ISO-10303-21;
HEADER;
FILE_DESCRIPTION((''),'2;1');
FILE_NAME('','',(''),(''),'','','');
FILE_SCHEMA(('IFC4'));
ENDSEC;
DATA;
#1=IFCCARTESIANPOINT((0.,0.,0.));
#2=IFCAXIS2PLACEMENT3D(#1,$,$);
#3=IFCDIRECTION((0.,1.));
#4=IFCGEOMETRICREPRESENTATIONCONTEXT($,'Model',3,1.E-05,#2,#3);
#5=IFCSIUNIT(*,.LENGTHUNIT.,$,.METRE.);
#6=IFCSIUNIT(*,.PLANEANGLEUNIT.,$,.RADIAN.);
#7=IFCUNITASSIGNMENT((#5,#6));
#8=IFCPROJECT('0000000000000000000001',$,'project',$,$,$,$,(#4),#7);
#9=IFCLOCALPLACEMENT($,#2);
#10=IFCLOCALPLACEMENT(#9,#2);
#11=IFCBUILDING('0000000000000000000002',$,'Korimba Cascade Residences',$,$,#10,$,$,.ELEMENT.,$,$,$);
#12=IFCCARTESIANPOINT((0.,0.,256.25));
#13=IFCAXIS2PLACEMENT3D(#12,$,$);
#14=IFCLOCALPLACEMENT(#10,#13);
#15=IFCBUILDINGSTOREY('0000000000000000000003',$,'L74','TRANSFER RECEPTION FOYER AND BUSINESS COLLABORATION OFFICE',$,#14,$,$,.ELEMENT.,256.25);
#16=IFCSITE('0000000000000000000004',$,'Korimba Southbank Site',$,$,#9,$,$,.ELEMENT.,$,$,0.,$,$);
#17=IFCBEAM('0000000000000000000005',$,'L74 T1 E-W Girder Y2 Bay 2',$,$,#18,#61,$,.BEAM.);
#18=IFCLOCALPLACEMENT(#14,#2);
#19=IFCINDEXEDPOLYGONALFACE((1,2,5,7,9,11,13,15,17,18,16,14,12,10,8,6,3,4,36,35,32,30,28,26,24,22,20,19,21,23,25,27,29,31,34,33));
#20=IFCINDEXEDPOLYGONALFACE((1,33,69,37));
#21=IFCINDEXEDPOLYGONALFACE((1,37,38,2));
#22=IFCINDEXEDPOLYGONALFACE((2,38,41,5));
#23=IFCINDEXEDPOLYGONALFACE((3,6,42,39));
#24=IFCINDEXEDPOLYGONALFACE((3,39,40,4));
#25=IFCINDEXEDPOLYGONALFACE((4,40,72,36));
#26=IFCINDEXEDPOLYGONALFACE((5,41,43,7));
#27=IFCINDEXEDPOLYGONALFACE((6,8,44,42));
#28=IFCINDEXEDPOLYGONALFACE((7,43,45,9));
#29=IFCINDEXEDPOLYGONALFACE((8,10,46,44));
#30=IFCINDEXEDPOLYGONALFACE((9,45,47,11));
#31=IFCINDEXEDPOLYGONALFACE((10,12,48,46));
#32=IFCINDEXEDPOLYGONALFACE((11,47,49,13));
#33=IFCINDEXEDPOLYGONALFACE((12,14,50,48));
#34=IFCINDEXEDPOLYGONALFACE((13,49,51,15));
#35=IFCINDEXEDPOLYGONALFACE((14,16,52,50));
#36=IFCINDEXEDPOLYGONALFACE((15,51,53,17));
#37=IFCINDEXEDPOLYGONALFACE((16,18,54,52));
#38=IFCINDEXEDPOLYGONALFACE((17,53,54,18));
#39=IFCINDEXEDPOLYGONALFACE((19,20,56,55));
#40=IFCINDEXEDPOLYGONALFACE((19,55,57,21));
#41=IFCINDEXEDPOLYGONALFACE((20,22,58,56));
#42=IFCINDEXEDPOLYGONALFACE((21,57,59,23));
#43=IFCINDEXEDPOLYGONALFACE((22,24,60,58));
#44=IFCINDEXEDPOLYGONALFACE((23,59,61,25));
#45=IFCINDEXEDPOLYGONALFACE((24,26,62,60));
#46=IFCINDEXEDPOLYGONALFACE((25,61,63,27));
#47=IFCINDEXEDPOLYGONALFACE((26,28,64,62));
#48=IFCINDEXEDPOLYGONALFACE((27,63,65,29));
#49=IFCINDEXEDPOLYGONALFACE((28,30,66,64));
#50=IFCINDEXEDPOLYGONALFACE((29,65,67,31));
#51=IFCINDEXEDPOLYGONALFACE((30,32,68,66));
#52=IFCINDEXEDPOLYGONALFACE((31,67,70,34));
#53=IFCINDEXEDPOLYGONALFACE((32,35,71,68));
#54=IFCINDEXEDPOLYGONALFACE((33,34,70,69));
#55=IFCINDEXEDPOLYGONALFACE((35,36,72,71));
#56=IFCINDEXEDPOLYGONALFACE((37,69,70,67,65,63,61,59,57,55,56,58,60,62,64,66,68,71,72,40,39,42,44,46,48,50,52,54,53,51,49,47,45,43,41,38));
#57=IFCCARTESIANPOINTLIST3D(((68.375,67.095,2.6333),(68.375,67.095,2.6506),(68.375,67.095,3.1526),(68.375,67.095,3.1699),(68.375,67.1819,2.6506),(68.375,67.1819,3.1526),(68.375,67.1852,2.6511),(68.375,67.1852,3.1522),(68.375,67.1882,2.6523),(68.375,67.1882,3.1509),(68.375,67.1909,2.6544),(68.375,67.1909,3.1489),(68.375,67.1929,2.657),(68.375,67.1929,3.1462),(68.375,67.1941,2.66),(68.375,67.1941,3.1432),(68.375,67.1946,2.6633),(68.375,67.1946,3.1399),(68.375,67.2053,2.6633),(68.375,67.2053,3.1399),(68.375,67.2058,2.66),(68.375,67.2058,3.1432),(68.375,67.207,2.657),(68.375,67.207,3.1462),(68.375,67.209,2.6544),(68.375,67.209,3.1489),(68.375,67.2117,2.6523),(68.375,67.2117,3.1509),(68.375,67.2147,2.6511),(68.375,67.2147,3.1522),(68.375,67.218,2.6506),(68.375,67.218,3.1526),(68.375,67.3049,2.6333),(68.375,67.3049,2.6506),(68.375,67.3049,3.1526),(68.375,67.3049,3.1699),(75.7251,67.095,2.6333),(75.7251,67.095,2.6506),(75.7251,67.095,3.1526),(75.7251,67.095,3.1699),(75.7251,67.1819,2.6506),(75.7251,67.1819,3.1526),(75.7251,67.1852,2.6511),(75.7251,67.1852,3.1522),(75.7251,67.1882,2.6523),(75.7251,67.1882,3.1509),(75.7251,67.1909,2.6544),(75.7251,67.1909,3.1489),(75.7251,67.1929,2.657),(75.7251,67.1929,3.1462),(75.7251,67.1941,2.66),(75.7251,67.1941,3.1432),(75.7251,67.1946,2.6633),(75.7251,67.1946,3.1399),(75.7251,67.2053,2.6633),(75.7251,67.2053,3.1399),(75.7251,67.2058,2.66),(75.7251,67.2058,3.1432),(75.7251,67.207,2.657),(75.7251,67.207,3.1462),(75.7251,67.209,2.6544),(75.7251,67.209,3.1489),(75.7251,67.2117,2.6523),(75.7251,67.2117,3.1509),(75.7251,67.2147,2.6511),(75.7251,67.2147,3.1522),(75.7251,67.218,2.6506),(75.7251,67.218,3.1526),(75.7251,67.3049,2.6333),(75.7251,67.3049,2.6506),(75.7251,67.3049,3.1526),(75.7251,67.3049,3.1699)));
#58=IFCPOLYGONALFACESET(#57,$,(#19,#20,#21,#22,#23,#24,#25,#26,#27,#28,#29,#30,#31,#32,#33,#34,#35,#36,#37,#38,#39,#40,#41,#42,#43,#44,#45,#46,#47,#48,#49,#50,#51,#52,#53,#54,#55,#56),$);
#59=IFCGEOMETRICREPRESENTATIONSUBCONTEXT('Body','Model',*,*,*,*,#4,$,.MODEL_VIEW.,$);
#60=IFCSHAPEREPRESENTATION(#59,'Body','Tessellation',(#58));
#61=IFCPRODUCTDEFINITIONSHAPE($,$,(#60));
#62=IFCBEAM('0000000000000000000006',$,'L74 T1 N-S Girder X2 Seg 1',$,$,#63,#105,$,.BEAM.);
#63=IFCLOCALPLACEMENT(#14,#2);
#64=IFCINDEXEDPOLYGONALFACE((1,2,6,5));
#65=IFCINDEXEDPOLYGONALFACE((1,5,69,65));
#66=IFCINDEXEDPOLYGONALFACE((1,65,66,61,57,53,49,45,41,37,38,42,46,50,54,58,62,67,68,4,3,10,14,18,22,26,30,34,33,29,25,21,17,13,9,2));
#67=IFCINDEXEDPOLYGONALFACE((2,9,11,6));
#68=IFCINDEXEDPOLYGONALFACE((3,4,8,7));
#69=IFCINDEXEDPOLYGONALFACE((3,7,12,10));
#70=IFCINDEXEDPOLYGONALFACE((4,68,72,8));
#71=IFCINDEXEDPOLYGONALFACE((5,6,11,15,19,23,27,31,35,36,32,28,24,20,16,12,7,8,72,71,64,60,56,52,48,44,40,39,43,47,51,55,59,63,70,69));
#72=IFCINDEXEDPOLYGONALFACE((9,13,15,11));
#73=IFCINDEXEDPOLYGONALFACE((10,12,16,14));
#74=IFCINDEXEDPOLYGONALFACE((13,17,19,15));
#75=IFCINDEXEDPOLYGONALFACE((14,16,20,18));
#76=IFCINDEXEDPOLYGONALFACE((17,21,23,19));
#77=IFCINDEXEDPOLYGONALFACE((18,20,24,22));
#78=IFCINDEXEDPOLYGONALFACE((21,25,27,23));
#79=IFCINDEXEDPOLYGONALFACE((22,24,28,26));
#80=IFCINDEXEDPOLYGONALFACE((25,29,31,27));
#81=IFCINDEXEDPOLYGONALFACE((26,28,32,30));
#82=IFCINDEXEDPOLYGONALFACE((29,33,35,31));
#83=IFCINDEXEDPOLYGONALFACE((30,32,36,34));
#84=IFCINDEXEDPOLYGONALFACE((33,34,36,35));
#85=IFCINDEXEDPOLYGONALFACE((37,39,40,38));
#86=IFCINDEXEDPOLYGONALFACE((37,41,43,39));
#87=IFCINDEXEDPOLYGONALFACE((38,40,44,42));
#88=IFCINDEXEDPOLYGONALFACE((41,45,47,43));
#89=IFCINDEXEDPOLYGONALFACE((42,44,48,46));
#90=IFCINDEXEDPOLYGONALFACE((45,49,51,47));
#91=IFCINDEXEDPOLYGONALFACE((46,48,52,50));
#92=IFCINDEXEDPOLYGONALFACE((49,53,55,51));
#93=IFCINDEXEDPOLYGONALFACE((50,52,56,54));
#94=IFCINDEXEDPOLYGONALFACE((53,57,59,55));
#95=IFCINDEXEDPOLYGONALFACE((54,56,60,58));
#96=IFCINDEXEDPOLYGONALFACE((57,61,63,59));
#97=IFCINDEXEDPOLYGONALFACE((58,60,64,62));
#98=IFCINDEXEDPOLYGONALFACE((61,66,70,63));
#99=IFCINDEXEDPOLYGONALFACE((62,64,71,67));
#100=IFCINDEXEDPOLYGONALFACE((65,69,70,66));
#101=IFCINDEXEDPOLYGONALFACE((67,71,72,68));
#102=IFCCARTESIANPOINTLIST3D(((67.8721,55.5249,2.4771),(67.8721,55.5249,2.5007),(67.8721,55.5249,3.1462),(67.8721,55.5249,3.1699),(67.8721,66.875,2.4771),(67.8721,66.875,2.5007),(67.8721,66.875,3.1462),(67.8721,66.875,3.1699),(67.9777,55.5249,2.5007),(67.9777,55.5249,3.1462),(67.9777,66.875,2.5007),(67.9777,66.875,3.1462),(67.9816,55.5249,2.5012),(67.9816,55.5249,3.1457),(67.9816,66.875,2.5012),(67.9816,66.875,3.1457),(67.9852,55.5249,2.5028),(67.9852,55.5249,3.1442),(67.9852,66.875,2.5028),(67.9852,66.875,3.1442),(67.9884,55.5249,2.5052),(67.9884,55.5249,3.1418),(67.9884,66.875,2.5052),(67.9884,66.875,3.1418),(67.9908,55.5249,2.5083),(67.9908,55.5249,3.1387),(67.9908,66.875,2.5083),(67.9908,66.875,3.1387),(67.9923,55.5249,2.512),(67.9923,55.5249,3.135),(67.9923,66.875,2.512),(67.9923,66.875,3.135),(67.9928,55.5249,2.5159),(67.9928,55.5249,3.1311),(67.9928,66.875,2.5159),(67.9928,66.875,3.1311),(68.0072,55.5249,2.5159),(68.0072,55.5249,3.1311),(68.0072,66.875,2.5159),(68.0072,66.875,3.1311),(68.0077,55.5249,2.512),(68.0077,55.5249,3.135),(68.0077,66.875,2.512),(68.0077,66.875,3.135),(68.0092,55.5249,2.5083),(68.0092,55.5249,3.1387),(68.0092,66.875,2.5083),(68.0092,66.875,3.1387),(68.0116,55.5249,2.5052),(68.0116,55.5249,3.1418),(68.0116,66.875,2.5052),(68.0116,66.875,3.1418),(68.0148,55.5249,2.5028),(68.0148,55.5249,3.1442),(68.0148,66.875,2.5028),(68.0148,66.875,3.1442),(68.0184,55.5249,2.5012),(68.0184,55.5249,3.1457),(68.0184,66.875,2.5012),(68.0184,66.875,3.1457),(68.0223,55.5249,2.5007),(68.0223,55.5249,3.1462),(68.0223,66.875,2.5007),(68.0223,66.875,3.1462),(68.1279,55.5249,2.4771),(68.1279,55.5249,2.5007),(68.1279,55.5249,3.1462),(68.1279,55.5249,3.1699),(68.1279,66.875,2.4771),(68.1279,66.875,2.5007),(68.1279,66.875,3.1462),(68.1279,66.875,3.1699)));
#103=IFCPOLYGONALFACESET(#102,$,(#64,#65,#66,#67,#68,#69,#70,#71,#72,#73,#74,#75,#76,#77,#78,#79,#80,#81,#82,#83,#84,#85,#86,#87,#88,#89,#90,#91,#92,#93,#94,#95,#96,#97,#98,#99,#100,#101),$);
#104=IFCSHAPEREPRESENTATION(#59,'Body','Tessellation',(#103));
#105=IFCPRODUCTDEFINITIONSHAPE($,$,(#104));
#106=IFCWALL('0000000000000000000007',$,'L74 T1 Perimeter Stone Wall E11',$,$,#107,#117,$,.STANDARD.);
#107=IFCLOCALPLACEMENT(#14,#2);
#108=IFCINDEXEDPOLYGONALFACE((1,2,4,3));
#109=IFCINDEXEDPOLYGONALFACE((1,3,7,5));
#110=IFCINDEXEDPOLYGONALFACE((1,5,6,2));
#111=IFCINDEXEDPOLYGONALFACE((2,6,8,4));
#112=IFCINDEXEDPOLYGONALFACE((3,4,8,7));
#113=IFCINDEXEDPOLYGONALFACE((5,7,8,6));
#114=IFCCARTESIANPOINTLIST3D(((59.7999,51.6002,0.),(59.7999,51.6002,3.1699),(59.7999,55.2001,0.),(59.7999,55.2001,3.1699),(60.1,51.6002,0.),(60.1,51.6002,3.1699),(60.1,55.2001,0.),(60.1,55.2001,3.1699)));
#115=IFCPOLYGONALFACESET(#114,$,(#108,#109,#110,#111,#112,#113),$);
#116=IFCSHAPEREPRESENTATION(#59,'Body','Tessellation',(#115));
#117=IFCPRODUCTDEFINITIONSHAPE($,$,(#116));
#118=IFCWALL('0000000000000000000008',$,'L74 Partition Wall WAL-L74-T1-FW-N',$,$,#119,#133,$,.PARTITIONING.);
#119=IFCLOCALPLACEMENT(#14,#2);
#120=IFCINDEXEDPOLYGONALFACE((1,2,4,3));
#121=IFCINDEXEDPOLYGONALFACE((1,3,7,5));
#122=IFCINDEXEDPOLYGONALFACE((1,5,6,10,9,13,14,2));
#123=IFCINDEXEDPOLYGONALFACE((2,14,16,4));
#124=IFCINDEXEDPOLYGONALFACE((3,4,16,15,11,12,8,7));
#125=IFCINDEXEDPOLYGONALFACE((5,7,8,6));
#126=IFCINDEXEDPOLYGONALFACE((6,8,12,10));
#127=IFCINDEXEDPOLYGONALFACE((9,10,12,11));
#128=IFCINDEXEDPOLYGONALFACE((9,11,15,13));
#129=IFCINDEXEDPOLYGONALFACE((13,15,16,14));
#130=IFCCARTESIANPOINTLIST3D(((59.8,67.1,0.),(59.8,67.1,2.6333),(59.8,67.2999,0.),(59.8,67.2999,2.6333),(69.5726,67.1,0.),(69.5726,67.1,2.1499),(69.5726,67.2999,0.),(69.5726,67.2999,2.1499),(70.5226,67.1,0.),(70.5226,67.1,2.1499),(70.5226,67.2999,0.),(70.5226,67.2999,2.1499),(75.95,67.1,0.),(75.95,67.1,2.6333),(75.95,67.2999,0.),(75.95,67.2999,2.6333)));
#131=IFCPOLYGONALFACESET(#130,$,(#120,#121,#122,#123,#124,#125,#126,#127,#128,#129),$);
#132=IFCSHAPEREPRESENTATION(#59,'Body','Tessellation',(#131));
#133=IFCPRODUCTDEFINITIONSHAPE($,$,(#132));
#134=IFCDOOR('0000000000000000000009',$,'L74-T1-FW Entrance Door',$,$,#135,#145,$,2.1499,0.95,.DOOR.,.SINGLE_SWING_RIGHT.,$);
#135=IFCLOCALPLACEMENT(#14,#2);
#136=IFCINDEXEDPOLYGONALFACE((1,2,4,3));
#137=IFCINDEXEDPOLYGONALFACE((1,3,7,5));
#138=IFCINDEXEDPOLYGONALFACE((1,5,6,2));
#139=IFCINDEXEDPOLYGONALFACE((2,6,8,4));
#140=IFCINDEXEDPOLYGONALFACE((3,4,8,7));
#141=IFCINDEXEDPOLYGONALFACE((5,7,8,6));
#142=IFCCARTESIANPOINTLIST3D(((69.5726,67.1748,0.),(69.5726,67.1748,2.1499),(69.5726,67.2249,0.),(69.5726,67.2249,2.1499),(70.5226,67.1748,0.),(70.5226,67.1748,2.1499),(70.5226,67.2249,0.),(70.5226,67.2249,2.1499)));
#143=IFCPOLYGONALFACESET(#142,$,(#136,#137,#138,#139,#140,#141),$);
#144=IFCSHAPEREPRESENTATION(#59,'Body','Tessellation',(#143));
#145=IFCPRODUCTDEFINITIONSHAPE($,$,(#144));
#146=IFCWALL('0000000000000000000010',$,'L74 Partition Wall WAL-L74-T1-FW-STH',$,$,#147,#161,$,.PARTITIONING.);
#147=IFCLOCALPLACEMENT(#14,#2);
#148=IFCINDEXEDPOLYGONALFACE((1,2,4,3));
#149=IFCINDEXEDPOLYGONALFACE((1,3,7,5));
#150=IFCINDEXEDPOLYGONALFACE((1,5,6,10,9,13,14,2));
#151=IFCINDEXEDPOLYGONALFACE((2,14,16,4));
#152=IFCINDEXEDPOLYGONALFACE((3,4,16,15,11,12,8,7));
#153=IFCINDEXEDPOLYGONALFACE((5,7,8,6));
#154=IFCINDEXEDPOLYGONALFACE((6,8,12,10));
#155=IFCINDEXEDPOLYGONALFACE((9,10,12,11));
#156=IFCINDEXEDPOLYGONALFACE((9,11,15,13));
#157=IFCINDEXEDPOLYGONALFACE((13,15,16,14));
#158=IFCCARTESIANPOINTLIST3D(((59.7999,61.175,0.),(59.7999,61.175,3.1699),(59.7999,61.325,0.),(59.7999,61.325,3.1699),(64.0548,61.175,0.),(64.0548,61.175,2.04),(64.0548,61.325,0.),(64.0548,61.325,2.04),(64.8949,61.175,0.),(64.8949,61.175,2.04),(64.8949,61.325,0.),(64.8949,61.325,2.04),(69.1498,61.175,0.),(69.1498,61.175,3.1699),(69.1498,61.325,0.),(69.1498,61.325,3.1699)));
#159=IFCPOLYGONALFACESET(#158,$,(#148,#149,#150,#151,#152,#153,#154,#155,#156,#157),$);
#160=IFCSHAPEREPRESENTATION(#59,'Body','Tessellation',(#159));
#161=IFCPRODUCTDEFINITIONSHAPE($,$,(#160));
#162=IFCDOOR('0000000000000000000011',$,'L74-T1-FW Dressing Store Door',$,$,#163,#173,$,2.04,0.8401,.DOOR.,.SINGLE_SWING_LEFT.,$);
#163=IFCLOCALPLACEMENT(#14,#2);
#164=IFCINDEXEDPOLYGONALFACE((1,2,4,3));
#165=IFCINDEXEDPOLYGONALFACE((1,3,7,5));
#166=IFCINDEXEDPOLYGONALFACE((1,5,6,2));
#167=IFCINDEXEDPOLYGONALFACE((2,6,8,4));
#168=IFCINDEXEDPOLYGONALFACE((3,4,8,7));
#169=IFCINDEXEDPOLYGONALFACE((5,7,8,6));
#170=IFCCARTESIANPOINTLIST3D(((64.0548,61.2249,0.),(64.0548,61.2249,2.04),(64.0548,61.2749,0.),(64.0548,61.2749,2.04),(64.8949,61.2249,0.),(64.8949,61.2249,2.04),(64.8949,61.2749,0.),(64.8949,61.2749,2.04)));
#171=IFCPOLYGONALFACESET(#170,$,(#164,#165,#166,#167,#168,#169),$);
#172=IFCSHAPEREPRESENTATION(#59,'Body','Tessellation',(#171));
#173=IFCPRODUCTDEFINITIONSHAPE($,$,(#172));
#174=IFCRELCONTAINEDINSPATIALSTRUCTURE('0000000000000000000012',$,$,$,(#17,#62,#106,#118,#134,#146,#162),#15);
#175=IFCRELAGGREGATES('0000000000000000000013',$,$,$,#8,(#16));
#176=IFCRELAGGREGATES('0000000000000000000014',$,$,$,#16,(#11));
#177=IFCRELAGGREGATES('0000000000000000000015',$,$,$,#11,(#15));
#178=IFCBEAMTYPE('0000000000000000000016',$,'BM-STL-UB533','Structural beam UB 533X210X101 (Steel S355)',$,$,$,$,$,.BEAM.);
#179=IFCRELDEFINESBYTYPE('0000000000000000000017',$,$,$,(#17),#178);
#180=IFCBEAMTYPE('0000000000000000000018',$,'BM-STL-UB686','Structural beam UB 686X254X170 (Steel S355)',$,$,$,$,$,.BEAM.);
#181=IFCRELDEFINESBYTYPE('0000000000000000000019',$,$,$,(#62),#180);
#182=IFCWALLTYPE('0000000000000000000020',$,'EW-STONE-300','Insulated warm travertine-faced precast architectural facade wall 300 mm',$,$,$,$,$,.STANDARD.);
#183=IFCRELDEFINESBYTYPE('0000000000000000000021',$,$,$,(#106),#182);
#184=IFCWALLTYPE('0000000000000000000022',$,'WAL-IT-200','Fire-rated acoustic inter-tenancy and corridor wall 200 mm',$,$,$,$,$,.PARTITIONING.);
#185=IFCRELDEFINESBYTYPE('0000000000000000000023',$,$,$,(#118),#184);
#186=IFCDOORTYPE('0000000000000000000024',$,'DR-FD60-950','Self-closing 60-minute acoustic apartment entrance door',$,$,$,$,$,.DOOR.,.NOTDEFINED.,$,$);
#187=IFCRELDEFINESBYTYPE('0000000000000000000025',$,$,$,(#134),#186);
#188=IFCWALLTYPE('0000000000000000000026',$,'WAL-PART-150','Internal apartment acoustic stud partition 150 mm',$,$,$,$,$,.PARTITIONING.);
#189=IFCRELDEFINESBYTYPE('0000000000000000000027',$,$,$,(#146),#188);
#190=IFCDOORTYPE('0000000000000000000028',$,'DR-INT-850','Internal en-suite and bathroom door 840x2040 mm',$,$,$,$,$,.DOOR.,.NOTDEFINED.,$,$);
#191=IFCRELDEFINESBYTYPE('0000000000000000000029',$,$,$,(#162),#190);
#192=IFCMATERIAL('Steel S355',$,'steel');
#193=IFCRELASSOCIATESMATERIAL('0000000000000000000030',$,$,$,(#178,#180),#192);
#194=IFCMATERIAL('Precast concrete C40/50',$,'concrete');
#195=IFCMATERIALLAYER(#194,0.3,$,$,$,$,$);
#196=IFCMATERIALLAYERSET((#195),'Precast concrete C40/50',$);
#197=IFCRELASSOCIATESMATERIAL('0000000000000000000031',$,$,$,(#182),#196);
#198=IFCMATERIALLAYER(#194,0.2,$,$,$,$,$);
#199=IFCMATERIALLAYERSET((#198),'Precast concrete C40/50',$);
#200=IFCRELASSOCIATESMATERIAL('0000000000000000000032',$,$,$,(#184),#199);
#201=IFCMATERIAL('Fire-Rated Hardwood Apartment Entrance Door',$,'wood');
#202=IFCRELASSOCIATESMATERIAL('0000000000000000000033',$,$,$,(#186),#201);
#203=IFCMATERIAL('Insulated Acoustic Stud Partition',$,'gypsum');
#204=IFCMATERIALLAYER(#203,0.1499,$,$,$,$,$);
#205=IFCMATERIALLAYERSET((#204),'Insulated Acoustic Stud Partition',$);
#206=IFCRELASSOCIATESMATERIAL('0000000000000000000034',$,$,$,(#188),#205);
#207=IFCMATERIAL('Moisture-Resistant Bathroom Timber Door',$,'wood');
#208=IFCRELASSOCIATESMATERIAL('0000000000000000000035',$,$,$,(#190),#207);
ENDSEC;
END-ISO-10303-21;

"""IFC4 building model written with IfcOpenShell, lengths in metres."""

from ifc_helpers import new_model, si_unit, direction, frame, frame_2d, origin, origin_2d, place, context, subcontext, project, spatial, rectangle, i_section, extrude, material, layer, layer_set, material_profile, profile_set, type_object, element, fill, save


model = new_model("IFC4")

# Units and contexts
model_context = context("Model", 3, precision=1e-05, world=origin(), true_north=direction((0.0, 1.0)))
body_context = subcontext(model_context, "Body", "Model", "MODEL_VIEW")
ifc_project = project(units=[si_unit("LENGTHUNIT", "METRE"), si_unit("PLANEANGLEUNIT", "RADIAN")], contexts=[model_context])

# Site, building, storey
site_placement = place(None, origin())
site = spatial("IfcSite", under=ifc_project, at=site_placement, Name="Korimba Southbank Site", CompositionType="ELEMENT", RefElevation=0.0)
building_placement = place(site_placement, origin())
building = spatial("IfcBuilding", under=site, at=building_placement, Name="Korimba Cascade Residences", CompositionType="ELEMENT")
storey_placement = place(building_placement, frame((0.0, 0.0, 256.25)))
storey = spatial("IfcBuildingStorey", under=building, at=storey_placement, Name="L74", Description="TRANSFER RECEPTION FOYER AND BUSINESS COLLABORATION OFFICE", CompositionType="ELEMENT", Elevation=256.25)

# Beams
ifc_material_1 = material(Name="Steel S355", Category="steel")
ifc_material_profile_1 = material_profile(ifc_material_1, i_section(OverallWidth=0.21, OverallDepth=0.5366, WebThickness=0.0107, FlangeThickness=0.0173, FilletRadius=0.0127, at=origin_2d()), Name="Steel S355")
ifc_profile_set_1 = profile_set([ifc_material_profile_1], Name="Steel S355")
beam_type_1 = type_object("IfcBeamType", Name="BM-STL-UB533", Description="Structural beam UB 533X210X101 (Steel S355)", PredefinedType="BEAM", material=ifc_profile_set_1)
beam_1_placement = place(storey_placement, frame((68.375, 67.2, 2.9016), z_axis=(1.0, 0.0, 0.0), x_axis=(0.0, 1.0, 0.0)))
element("IfcBeam", 1, at=beam_1_placement, inside=storey, type_object=beam_type_1, Name="L74 T1 E-W Girder Y2 Bay 2", PredefinedType="BEAM", context=body_context, shape_type="SweptSolid", body=[
    extrude(i_section(OverallWidth=0.21, OverallDepth=0.5366, WebThickness=0.0107, FlangeThickness=0.0173, FilletRadius=0.0127, at=origin_2d()), origin(), (0.0, 0.0, 1.0), 7.3501),
])
ifc_material_profile_2 = material_profile(ifc_material_1, i_section(OverallWidth=0.2559, OverallDepth=0.6929, WebThickness=0.0144, FlangeThickness=0.0237, FilletRadius=0.0151, at=origin_2d()), Name="Steel S355")
ifc_profile_set_2 = profile_set([ifc_material_profile_2], Name="Steel S355")
beam_type_2 = type_object("IfcBeamType", Name="BM-STL-UB686", Description="Structural beam UB 686X254X170 (Steel S355)", PredefinedType="BEAM", material=ifc_profile_set_2)
beam_2_placement = place(storey_placement, frame((68.0, 55.5249, 2.8235), z_axis=(0.0, 1.0, 0.0), x_axis=(-1.0, 0.0, 0.0)))
element("IfcBeam", 2, at=beam_2_placement, inside=storey, type_object=beam_type_2, Name="L74 T1 N-S Girder X2 Seg 1", PredefinedType="BEAM", context=body_context, shape_type="SweptSolid", body=[
    extrude(i_section(OverallWidth=0.2559, OverallDepth=0.6929, WebThickness=0.0144, FlangeThickness=0.0237, FilletRadius=0.0151, at=origin_2d()), origin(), (0.0, 0.0, 1.0), 11.3501),
])

# Wall
ifc_material_2 = material(Name="Precast concrete C40/50", Category="concrete")
ifc_layer_1 = layer(ifc_material_2, 0.3)
ifc_layer_set_1 = layer_set([ifc_layer_1], Name="Precast concrete C40/50")
wall_type_1 = type_object("IfcWallType", Name="EW-STONE-300", Description="Insulated warm travertine-faced precast architectural facade wall 300 mm", PredefinedType="STANDARD", material=ifc_layer_set_1)
wall_1_placement = place(storey_placement, frame((59.95, 55.2, 0.0), z_axis=(0.0, 0.0, 1.0), x_axis=(0.0, -1.0, 0.0)))
element("IfcWall", 3, at=wall_1_placement, inside=storey, type_object=wall_type_1, Name="L74 T1 Perimeter Stone Wall E11", PredefinedType="STANDARD", context=body_context, shape_type="SweptSolid", body=[
    extrude(rectangle(XDim=3.5999, YDim=0.3, at=frame_2d((1.7998, 0.0))), origin(), (0.0, 0.0, 1.0), 3.1699),
])

# Walls, openings, doors
ifc_layer_2 = layer(ifc_material_2, 0.2)
ifc_layer_set_2 = layer_set([ifc_layer_2], Name="Precast concrete C40/50")
wall_type_2 = type_object("IfcWallType", Name="WAL-IT-200", Description="Fire-rated acoustic inter-tenancy and corridor wall 200 mm", PredefinedType="PARTITIONING", material=ifc_layer_set_2)
wall_2_placement = place(storey_placement, frame((59.8, 67.2, 0.0), z_axis=(0.0, 0.0, 1.0), x_axis=(1.0, 0.0, 0.0)))
wall_2 = element("IfcWall", 4, at=wall_2_placement, inside=storey, type_object=wall_type_2, Name="L74 Partition Wall WAL-L74-T1-FW-N", PredefinedType="PARTITIONING", context=body_context, shape_type="SweptSolid", body=[
    extrude(rectangle(XDim=16.1499, YDim=0.2, at=frame_2d((8.075, 0.0))), origin(), (0.0, 0.0, 1.0), 2.6333),
])
opening_1_placement = place(wall_2_placement, frame((9.7725, 0.0, 0.0)))
opening_1 = element("IfcOpeningElement", 5, at=opening_1_placement, cuts=wall_2, PredefinedType="OPENING", context=body_context, shape_type="SweptSolid", body=[
    extrude(rectangle(XDim=0.95, YDim=2.1499, at=frame_2d((0.4751, 1.075))), frame((0.0, 0.1099, 0.0), z_axis=(0.0, -1.0, 0.0), x_axis=(1.0, 0.0, 0.0)), (0.0, 0.0, 1.0), 0.22),
])
ifc_material_3 = material(Name="Fire-Rated Hardwood Apartment Entrance Door", Category="wood")
door_type_1 = type_object("IfcDoorType", Name="DR-FD60-950", Description="Self-closing 60-minute acoustic apartment entrance door", OperationType="NOTDEFINED", PredefinedType="DOOR", material=ifc_material_3)
door_1_placement = place(opening_1_placement, origin())
door_1 = element("IfcDoor", 6, at=door_1_placement, inside=storey, type_object=door_type_1, Name="L74-T1-FW Entrance Door", OperationType="SINGLE_SWING_RIGHT", OverallHeight=2.1499, OverallWidth=0.95, PredefinedType="DOOR", context=body_context, shape_type="SweptSolid", body=[
    extrude(rectangle(XDim=0.95, YDim=2.1499, at=frame_2d((0.4751, 1.075))), frame((0.0, 0.0249, 0.0), z_axis=(0.0, -1.0, 0.0), x_axis=(1.0, 0.0, 0.0)), (0.0, 0.0, 1.0), 0.05),
])
fill(opening_1, door_1)
ifc_material_4 = material(Name="Insulated Acoustic Stud Partition", Category="gypsum")
ifc_layer_3 = layer(ifc_material_4, 0.1499)
ifc_layer_set_3 = layer_set([ifc_layer_3], Name="Insulated Acoustic Stud Partition")
wall_type_3 = type_object("IfcWallType", Name="WAL-PART-150", Description="Internal apartment acoustic stud partition 150 mm", PredefinedType="PARTITIONING", material=ifc_layer_set_3)
wall_3_placement = place(storey_placement, frame((59.8, 61.25, 0.0), z_axis=(0.0, 0.0, 1.0), x_axis=(1.0, 0.0, 0.0)))
wall_3 = element("IfcWall", 7, at=wall_3_placement, inside=storey, type_object=wall_type_3, Name="L74 Partition Wall WAL-L74-T1-FW-STH", PredefinedType="PARTITIONING", context=body_context, shape_type="SweptSolid", body=[
    extrude(rectangle(XDim=9.3499, YDim=0.1499, at=frame_2d((4.6748, 0.0))), origin(), (0.0, 0.0, 1.0), 3.1699),
])
opening_2_placement = place(wall_3_placement, frame((4.2549, 0.0, 0.0)))
opening_2 = element("IfcOpeningElement", 8, at=opening_2_placement, cuts=wall_3, PredefinedType="OPENING", context=body_context, shape_type="SweptSolid", body=[
    extrude(rectangle(XDim=0.8401, YDim=2.04, at=frame_2d((0.4199, 1.02))), frame((0.0, 0.085, 0.0), z_axis=(0.0, -1.0, 0.0), x_axis=(1.0, 0.0, 0.0)), (0.0, 0.0, 1.0), 0.1699),
])
ifc_material_5 = material(Name="Moisture-Resistant Bathroom Timber Door", Category="wood")
door_type_2 = type_object("IfcDoorType", Name="DR-INT-850", Description="Internal en-suite and bathroom door 840x2040 mm", OperationType="NOTDEFINED", PredefinedType="DOOR", material=ifc_material_5)
door_2_placement = place(opening_2_placement, origin())
door_2 = element("IfcDoor", 9, at=door_2_placement, inside=storey, type_object=door_type_2, Name="L74-T1-FW Dressing Store Door", OperationType="SINGLE_SWING_LEFT", OverallHeight=2.04, OverallWidth=0.8401, PredefinedType="DOOR", context=body_context, shape_type="SweptSolid", body=[
    extrude(rectangle(XDim=0.8401, YDim=2.04, at=frame_2d((0.4199, 1.02))), frame((0.0, 0.0249, 0.0), z_axis=(0.0, -1.0, 0.0), x_axis=(1.0, 0.0, 0.0)), (0.0, 0.0, 1.0), 0.05),
])
fill(opening_2, door_2)

save(model, "model.ifc")
